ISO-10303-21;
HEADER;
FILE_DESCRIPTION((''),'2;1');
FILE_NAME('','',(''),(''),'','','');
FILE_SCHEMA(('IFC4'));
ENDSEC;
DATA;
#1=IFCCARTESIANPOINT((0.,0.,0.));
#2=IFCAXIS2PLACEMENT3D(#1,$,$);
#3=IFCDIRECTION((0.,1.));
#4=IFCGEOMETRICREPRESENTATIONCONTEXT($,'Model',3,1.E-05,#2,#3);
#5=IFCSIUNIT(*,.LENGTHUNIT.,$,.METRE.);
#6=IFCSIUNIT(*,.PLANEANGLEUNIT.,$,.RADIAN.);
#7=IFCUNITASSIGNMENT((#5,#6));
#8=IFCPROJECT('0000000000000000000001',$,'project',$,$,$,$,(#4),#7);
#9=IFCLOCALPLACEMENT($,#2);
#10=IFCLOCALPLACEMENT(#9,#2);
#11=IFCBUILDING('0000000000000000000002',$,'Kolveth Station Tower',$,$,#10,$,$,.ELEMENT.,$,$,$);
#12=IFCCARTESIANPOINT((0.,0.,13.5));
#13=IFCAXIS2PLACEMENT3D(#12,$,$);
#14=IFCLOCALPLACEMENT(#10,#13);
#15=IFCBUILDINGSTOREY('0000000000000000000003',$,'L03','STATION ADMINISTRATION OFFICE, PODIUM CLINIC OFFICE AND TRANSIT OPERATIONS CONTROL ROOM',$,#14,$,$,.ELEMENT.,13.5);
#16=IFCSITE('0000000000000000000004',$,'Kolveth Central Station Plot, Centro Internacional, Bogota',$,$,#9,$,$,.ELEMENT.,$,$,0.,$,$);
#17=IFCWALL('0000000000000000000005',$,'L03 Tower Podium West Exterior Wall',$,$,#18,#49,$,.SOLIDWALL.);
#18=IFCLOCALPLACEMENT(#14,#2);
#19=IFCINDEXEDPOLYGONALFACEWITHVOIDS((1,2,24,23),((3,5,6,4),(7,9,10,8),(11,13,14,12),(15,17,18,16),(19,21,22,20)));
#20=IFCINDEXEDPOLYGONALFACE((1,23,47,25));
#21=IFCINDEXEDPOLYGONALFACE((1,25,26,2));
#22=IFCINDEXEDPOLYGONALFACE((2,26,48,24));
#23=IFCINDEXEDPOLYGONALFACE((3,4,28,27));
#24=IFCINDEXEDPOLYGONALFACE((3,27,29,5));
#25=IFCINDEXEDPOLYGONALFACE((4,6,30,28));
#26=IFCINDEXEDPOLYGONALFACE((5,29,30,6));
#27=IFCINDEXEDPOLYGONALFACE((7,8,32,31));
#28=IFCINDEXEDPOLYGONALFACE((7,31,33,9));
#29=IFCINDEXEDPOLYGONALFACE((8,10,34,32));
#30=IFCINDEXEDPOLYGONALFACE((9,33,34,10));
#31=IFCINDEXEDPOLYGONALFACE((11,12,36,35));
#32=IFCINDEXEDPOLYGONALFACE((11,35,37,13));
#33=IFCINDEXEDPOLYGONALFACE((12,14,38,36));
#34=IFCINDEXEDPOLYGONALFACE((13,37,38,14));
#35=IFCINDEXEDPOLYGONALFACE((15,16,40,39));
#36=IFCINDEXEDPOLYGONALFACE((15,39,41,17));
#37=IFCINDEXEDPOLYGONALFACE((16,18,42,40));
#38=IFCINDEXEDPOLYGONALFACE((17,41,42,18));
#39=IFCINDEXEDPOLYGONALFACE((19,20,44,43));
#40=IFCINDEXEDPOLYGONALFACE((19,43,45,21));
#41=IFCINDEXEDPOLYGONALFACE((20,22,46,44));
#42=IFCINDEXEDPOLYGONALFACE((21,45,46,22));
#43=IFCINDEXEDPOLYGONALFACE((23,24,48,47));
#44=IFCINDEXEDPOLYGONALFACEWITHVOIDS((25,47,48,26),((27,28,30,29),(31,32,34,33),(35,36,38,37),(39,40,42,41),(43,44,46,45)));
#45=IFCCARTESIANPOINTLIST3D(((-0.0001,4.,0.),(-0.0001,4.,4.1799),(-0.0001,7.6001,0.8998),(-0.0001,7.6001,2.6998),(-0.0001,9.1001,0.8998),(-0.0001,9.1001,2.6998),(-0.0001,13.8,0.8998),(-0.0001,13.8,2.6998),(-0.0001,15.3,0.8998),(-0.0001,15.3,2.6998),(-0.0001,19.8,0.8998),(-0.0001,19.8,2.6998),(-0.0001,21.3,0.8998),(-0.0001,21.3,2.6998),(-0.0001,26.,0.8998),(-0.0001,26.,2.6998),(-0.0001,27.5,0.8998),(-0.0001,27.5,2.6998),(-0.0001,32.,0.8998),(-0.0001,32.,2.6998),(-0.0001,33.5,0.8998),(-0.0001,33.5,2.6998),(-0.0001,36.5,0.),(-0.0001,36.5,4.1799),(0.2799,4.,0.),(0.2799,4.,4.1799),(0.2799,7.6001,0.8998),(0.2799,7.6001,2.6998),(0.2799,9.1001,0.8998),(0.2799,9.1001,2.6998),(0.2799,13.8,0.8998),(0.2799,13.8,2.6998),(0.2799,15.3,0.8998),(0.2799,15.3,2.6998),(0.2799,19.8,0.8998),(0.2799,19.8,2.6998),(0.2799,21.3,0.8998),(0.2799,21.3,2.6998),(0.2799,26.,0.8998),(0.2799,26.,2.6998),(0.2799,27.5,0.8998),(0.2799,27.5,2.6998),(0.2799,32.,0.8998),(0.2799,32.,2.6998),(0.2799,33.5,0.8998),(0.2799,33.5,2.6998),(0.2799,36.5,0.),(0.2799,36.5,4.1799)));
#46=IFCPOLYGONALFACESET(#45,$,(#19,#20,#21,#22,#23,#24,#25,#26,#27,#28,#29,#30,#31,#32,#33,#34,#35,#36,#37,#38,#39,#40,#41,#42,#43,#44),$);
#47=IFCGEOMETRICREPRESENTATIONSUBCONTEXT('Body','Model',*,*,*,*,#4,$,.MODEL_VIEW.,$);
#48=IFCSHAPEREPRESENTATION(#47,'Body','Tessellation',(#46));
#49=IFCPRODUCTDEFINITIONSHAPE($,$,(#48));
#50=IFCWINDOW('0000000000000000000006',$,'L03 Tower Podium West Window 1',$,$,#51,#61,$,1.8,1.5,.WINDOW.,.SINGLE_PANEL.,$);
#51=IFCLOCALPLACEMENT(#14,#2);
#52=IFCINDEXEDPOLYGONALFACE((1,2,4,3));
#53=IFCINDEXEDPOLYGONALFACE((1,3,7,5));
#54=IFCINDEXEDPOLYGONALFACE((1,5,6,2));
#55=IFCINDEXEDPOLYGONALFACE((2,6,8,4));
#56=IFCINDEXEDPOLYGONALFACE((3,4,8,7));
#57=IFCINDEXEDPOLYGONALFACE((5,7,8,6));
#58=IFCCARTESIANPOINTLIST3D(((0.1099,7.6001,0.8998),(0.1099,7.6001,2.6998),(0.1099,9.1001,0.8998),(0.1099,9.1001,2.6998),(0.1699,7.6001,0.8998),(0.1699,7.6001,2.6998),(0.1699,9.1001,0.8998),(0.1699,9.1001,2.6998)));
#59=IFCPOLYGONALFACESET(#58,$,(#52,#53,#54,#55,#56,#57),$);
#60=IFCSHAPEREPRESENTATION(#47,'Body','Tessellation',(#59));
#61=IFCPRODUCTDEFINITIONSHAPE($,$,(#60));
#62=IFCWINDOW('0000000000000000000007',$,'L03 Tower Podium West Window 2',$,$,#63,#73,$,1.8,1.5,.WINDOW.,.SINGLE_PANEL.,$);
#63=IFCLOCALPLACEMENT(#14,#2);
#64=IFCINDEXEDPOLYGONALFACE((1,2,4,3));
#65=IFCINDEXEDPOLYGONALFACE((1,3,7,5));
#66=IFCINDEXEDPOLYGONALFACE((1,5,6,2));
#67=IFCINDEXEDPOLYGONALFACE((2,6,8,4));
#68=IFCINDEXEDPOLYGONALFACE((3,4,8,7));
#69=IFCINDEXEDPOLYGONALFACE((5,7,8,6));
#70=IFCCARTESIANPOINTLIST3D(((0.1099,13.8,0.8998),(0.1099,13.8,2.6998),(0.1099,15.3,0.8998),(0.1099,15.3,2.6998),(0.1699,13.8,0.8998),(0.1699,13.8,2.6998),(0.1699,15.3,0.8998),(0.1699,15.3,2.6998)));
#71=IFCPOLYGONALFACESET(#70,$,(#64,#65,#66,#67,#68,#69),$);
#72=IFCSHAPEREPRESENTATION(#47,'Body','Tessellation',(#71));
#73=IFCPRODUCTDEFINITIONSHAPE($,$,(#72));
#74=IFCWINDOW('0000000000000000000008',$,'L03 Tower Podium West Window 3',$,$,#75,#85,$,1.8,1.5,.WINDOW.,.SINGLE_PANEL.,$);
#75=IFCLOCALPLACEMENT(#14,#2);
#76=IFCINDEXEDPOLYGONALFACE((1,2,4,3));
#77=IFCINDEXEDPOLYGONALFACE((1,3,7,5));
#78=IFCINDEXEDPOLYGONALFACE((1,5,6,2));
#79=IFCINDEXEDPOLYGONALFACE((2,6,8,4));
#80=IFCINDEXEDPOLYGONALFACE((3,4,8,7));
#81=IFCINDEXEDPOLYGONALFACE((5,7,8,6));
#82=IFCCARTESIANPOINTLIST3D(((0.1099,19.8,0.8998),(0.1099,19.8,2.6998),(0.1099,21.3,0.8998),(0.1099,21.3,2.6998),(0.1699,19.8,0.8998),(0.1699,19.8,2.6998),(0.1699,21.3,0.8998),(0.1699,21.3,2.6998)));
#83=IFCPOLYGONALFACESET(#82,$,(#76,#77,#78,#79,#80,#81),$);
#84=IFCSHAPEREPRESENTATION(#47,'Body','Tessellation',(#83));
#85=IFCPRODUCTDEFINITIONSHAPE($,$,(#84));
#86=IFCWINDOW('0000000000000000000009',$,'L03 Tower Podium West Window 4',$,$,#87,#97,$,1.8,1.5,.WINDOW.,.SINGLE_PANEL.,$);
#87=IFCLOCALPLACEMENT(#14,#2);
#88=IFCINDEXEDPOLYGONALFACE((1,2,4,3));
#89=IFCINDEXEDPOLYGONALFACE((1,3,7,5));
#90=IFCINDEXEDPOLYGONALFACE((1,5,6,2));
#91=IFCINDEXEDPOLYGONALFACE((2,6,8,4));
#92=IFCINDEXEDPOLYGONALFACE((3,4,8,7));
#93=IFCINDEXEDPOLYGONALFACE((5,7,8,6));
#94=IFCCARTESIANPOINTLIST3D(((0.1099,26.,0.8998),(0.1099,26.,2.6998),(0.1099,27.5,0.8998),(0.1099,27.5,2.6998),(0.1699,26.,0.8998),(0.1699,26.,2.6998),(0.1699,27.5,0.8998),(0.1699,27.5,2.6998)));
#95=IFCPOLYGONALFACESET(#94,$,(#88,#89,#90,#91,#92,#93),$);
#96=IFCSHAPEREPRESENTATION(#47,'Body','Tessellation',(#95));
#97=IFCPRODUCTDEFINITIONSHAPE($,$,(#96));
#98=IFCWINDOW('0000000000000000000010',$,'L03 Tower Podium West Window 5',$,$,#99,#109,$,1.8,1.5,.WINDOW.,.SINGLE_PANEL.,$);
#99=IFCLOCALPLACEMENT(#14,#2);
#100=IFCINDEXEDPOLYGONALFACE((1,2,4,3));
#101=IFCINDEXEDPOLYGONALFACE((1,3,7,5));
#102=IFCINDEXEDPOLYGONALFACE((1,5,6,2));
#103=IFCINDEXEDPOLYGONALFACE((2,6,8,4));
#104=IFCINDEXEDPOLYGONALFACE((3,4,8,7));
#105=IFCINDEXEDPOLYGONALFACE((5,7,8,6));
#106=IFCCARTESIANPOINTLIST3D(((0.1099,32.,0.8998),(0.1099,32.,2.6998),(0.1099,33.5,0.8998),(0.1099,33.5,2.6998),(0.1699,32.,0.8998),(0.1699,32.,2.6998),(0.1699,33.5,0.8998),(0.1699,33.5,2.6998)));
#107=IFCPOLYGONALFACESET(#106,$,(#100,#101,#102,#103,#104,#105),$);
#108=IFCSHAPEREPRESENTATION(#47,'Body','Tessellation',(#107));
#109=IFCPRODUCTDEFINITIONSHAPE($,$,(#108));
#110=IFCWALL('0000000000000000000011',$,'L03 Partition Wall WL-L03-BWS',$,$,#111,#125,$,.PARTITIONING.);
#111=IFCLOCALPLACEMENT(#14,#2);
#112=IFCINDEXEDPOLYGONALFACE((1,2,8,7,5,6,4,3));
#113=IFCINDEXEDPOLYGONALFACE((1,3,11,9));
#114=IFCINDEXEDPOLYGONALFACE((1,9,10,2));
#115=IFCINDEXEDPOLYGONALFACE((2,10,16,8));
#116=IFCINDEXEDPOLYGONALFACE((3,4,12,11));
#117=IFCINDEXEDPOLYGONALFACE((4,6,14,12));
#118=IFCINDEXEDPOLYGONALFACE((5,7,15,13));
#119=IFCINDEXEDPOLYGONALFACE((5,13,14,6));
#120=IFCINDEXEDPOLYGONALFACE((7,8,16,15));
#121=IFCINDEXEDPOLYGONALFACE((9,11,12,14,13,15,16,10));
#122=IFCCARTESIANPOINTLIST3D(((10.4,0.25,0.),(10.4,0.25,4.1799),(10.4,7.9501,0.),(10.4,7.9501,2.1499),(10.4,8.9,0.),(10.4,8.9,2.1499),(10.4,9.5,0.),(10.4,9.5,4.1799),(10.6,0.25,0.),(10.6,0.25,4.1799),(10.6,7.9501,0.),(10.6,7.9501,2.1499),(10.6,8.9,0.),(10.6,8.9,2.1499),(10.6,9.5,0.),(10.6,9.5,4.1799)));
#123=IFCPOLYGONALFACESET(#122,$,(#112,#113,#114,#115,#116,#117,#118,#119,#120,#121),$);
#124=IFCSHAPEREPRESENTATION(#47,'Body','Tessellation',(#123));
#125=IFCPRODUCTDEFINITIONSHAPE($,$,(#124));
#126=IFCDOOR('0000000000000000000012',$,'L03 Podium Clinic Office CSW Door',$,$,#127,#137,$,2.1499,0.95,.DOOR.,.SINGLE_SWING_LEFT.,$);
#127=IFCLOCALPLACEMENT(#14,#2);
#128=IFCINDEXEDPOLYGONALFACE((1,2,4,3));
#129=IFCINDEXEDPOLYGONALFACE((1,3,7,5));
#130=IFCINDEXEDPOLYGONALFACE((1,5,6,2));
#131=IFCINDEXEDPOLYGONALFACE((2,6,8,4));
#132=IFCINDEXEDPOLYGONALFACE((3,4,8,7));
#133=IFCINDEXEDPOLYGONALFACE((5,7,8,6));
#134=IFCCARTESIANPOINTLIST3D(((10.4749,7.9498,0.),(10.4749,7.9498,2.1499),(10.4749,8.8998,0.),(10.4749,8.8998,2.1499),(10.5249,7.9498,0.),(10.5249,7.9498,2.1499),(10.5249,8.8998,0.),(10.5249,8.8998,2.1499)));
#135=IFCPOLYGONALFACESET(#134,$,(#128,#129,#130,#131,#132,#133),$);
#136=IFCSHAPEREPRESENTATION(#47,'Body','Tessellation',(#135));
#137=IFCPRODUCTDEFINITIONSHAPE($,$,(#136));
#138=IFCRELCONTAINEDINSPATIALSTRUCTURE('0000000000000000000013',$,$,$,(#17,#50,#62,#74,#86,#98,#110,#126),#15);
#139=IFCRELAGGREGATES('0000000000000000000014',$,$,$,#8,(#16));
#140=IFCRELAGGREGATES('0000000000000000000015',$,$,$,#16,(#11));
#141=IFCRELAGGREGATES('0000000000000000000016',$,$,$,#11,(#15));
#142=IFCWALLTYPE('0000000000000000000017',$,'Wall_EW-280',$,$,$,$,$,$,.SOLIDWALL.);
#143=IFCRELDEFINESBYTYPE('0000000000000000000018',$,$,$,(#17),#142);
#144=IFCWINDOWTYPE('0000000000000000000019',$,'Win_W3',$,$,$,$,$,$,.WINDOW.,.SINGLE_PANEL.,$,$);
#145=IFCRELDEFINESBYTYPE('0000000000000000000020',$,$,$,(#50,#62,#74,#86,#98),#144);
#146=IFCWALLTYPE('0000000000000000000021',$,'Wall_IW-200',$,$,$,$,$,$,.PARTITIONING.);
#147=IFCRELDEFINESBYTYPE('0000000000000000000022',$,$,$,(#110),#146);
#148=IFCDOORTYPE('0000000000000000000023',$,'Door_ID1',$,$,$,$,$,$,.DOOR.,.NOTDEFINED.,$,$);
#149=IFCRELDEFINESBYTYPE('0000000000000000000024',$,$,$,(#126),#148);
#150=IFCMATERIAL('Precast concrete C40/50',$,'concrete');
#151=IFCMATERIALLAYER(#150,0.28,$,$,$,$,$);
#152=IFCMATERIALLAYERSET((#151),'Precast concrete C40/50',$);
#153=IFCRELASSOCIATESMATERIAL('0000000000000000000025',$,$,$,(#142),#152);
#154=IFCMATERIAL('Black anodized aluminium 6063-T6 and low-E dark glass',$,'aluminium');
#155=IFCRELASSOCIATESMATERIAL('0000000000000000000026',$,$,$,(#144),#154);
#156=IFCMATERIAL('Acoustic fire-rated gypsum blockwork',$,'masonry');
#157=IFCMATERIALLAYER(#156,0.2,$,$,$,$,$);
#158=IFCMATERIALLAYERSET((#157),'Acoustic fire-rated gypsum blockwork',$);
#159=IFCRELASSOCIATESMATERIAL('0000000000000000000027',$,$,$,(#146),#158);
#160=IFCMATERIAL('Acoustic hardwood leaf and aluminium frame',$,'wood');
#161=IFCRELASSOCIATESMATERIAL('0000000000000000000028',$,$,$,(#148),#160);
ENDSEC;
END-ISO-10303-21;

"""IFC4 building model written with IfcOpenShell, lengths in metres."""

from ifc_helpers import new_model, si_unit, direction, frame, frame_2d, origin, place, context, subcontext, project, spatial, rectangle, extrude, material, layer, layer_set, type_object, element, fill, save


model = new_model("IFC4")

# Units and contexts
model_context = context("Model", 3, precision=1e-05, world=origin(), true_north=direction((0.0, 1.0)))
body_context = subcontext(model_context, "Body", "Model", "MODEL_VIEW")
ifc_project = project(units=[si_unit("LENGTHUNIT", "METRE"), si_unit("PLANEANGLEUNIT", "RADIAN")], contexts=[model_context])

# Site, building, storey
site_placement = place(None, origin())
site = spatial("IfcSite", under=ifc_project, at=site_placement, Name="Kolveth Central Station Plot, Centro Internacional, Bogota", CompositionType="ELEMENT", RefElevation=0.0)
building_placement = place(site_placement, origin())
building = spatial("IfcBuilding", under=site, at=building_placement, Name="Kolveth Station Tower", CompositionType="ELEMENT")
storey_placement = place(building_placement, frame((0.0, 0.0, 13.5)))
storey = spatial("IfcBuildingStorey", under=building, at=storey_placement, Name="L03", Description="STATION ADMINISTRATION OFFICE, PODIUM CLINIC OFFICE AND TRANSIT OPERATIONS CONTROL ROOM", CompositionType="ELEMENT", Elevation=13.5)

# Shared definitions
ifc_material_1 = material(Name="Precast concrete C40/50", Category="concrete")

# Wall, openings, windows
ifc_layer_1 = layer(ifc_material_1, 0.28)
ifc_layer_set_1 = layer_set([ifc_layer_1], Name="Precast concrete C40/50")
wall_type_1 = type_object("IfcWallType", Name="Wall_EW-280", PredefinedType="SOLIDWALL", material=ifc_layer_set_1)
wall_1_placement = place(storey_placement, frame((0.1399, 4.0, 0.0), z_axis=(0.0, 0.0, 1.0), x_axis=(0.0, 1.0, 0.0)))
wall_1 = element("IfcWall", 1, at=wall_1_placement, inside=storey, type_object=wall_type_1, Name="L03 Tower Podium West Exterior Wall", PredefinedType="SOLIDWALL", context=body_context, shape_type="SweptSolid", body=[
    extrude(rectangle(XDim=32.5, YDim=0.28, at=frame_2d((16.25, 0.0))), origin(), (0.0, 0.0, 1.0), 4.1799),
])
opening_1_placement = place(wall_1_placement, frame((3.6001, 0.0, 0.8999)))
opening_1 = element("IfcOpeningElement", 2, at=opening_1_placement, cuts=wall_1, PredefinedType="OPENING", context=body_context, shape_type="SweptSolid", body=[
    extrude(rectangle(XDim=1.5, YDim=1.8, at=frame_2d((0.75, 0.8999))), frame((0.0, 0.1499, 0.0), z_axis=(0.0, -1.0, 0.0), x_axis=(1.0, 0.0, 0.0)), (0.0, 0.0, 1.0), 0.3),
])
opening_2_placement = place(wall_1_placement, frame((9.8, 0.0, 0.8999)))
opening_2 = element("IfcOpeningElement", 3, at=opening_2_placement, cuts=wall_1, PredefinedType="OPENING", context=body_context, shape_type="SweptSolid", body=[
    extrude(rectangle(XDim=1.5, YDim=1.8, at=frame_2d((0.75, 0.8999))), frame((0.0, 0.1499, 0.0), z_axis=(0.0, -1.0, 0.0), x_axis=(1.0, 0.0, 0.0)), (0.0, 0.0, 1.0), 0.3),
])
opening_3_placement = place(wall_1_placement, frame((15.8, 0.0, 0.8999)))
opening_3 = element("IfcOpeningElement", 4, at=opening_3_placement, cuts=wall_1, PredefinedType="OPENING", context=body_context, shape_type="SweptSolid", body=[
    extrude(rectangle(XDim=1.5, YDim=1.8, at=frame_2d((0.75, 0.8999))), frame((0.0, 0.1499, 0.0), z_axis=(0.0, -1.0, 0.0), x_axis=(1.0, 0.0, 0.0)), (0.0, 0.0, 1.0), 0.3),
])
opening_4_placement = place(wall_1_placement, frame((22.0, 0.0, 0.8999)))
opening_4 = element("IfcOpeningElement", 5, at=opening_4_placement, cuts=wall_1, PredefinedType="OPENING", context=body_context, shape_type="SweptSolid", body=[
    extrude(rectangle(XDim=1.5, YDim=1.8, at=frame_2d((0.75, 0.8999))), frame((0.0, 0.1499, 0.0), z_axis=(0.0, -1.0, 0.0), x_axis=(1.0, 0.0, 0.0)), (0.0, 0.0, 1.0), 0.3),
])
opening_5_placement = place(wall_1_placement, frame((28.0, 0.0, 0.8999)))
opening_5 = element("IfcOpeningElement", 6, at=opening_5_placement, cuts=wall_1, PredefinedType="OPENING", context=body_context, shape_type="SweptSolid", body=[
    extrude(rectangle(XDim=1.5, YDim=1.8, at=frame_2d((0.75, 0.8999))), frame((0.0, 0.1499, 0.0), z_axis=(0.0, -1.0, 0.0), x_axis=(1.0, 0.0, 0.0)), (0.0, 0.0, 1.0), 0.3),
])
ifc_material_2 = material(Name="Black anodized aluminium 6063-T6 and low-E dark glass", Category="aluminium")
window_type = type_object("IfcWindowType", Name="Win_W3", PartitioningType="SINGLE_PANEL", PredefinedType="WINDOW", material=ifc_material_2)
window_1_placement = place(opening_1_placement, origin())
window_1 = element("IfcWindow", 7, at=window_1_placement, inside=storey, type_object=window_type, Name="L03 Tower Podium West Window 1", OverallHeight=1.8, OverallWidth=1.5, PartitioningType="SINGLE_PANEL", PredefinedType="WINDOW", context=body_context, shape_type="SweptSolid", body=[
    extrude(rectangle(XDim=1.5, YDim=1.8, at=frame_2d((0.75, 0.8999))), frame((0.0, 0.03, 0.0), z_axis=(0.0, -1.0, 0.0), x_axis=(1.0, 0.0, 0.0)), (0.0, 0.0, 1.0), 0.0601),
])
fill(opening_1, window_1)
window_2_placement = place(opening_2_placement, origin())
window_2 = element("IfcWindow", 8, at=window_2_placement, inside=storey, type_object=window_type, Name="L03 Tower Podium West Window 2", OverallHeight=1.8, OverallWidth=1.5, PartitioningType="SINGLE_PANEL", PredefinedType="WINDOW", context=body_context, shape_type="SweptSolid", body=[
    extrude(rectangle(XDim=1.5, YDim=1.8, at=frame_2d((0.75, 0.8999))), frame((0.0, 0.03, 0.0), z_axis=(0.0, -1.0, 0.0), x_axis=(1.0, 0.0, 0.0)), (0.0, 0.0, 1.0), 0.0601),
])
fill(opening_2, window_2)
window_3_placement = place(opening_3_placement, origin())
window_3 = element("IfcWindow", 9, at=window_3_placement, inside=storey, type_object=window_type, Name="L03 Tower Podium West Window 3", OverallHeight=1.8, OverallWidth=1.5, PartitioningType="SINGLE_PANEL", PredefinedType="WINDOW", context=body_context, shape_type="SweptSolid", body=[
    extrude(rectangle(XDim=1.5, YDim=1.8, at=frame_2d((0.75, 0.8999))), frame((0.0, 0.03, 0.0), z_axis=(0.0, -1.0, 0.0), x_axis=(1.0, 0.0, 0.0)), (0.0, 0.0, 1.0), 0.0601),
])
fill(opening_3, window_3)
window_4_placement = place(opening_4_placement, origin())
window_4 = element("IfcWindow", 10, at=window_4_placement, inside=storey, type_object=window_type, Name="L03 Tower Podium West Window 4", OverallHeight=1.8, OverallWidth=1.5, PartitioningType="SINGLE_PANEL", PredefinedType="WINDOW", context=body_context, shape_type="SweptSolid", body=[
    extrude(rectangle(XDim=1.5, YDim=1.8, at=frame_2d((0.75, 0.8999))), frame((0.0, 0.03, 0.0), z_axis=(0.0, -1.0, 0.0), x_axis=(1.0, 0.0, 0.0)), (0.0, 0.0, 1.0), 0.0601),
])
fill(opening_4, window_4)
window_5_placement = place(opening_5_placement, origin())
window_5 = element("IfcWindow", 11, at=window_5_placement, inside=storey, type_object=window_type, Name="L03 Tower Podium West Window 5", OverallHeight=1.8, OverallWidth=1.5, PartitioningType="SINGLE_PANEL", PredefinedType="WINDOW", context=body_context, shape_type="SweptSolid", body=[
    extrude(rectangle(XDim=1.5, YDim=1.8, at=frame_2d((0.75, 0.8999))), frame((0.0, 0.03, 0.0), z_axis=(0.0, -1.0, 0.0), x_axis=(1.0, 0.0, 0.0)), (0.0, 0.0, 1.0), 0.0601),
])
fill(opening_5, window_5)

# Wall, opening, door
ifc_material_3 = material(Name="Acoustic fire-rated gypsum blockwork", Category="masonry")
ifc_layer_2 = layer(ifc_material_3, 0.2)
ifc_layer_set_2 = layer_set([ifc_layer_2], Name="Acoustic fire-rated gypsum blockwork")
wall_type_2 = type_object("IfcWallType", Name="Wall_IW-200", PredefinedType="PARTITIONING", material=ifc_layer_set_2)
wall_2_placement = place(storey_placement, frame((10.5, 0.25, 0.0), z_axis=(0.0, 0.0, 1.0), x_axis=(0.0, 1.0, 0.0)))
wall_2 = element("IfcWall", 12, at=wall_2_placement, inside=storey, type_object=wall_type_2, Name="L03 Partition Wall WL-L03-BWS", PredefinedType="PARTITIONING", context=body_context, shape_type="SweptSolid", body=[
    extrude(rectangle(XDim=9.25, YDim=0.2, at=frame_2d((4.625, 0.0))), origin(), (0.0, 0.0, 1.0), 4.1799),
])
opening_6_placement = place(wall_2_placement, frame((7.7, 0.0, 0.0)))
opening_6 = element("IfcOpeningElement", 13, at=opening_6_placement, cuts=wall_2, PredefinedType="OPENING", context=body_context, shape_type="SweptSolid", body=[
    extrude(rectangle(XDim=0.95, YDim=2.1499, at=frame_2d((0.4751, 1.075))), frame((0.0, 0.1099, 0.0), z_axis=(0.0, -1.0, 0.0), x_axis=(1.0, 0.0, 0.0)), (0.0, 0.0, 1.0), 0.22),
])
ifc_material_4 = material(Name="Acoustic hardwood leaf and aluminium frame", Category="wood")
door_type = type_object("IfcDoorType", Name="Door_ID1", OperationType="NOTDEFINED", PredefinedType="DOOR", material=ifc_material_4)
door_placement = place(opening_6_placement, frame((0.95, 0.0, 0.0), z_axis=(0.0, 0.0, 1.0), x_axis=(-1.0, 0.0, 0.0)))
door = element("IfcDoor", 14, at=door_placement, inside=storey, type_object=door_type, Name="L03 Podium Clinic Office CSW Door", OperationType="SINGLE_SWING_LEFT", OverallHeight=2.1499, OverallWidth=0.95, PredefinedType="DOOR", context=body_context, shape_type="SweptSolid", body=[
    extrude(rectangle(XDim=0.95, YDim=2.1499, at=frame_2d((0.4751, 1.075))), frame((0.0, 0.0249, 0.0), z_axis=(0.0, -1.0, 0.0), x_axis=(1.0, 0.0, 0.0)), (0.0, 0.0, 1.0), 0.05),
])
fill(opening_6, door)

save(model, "model.ifc")
